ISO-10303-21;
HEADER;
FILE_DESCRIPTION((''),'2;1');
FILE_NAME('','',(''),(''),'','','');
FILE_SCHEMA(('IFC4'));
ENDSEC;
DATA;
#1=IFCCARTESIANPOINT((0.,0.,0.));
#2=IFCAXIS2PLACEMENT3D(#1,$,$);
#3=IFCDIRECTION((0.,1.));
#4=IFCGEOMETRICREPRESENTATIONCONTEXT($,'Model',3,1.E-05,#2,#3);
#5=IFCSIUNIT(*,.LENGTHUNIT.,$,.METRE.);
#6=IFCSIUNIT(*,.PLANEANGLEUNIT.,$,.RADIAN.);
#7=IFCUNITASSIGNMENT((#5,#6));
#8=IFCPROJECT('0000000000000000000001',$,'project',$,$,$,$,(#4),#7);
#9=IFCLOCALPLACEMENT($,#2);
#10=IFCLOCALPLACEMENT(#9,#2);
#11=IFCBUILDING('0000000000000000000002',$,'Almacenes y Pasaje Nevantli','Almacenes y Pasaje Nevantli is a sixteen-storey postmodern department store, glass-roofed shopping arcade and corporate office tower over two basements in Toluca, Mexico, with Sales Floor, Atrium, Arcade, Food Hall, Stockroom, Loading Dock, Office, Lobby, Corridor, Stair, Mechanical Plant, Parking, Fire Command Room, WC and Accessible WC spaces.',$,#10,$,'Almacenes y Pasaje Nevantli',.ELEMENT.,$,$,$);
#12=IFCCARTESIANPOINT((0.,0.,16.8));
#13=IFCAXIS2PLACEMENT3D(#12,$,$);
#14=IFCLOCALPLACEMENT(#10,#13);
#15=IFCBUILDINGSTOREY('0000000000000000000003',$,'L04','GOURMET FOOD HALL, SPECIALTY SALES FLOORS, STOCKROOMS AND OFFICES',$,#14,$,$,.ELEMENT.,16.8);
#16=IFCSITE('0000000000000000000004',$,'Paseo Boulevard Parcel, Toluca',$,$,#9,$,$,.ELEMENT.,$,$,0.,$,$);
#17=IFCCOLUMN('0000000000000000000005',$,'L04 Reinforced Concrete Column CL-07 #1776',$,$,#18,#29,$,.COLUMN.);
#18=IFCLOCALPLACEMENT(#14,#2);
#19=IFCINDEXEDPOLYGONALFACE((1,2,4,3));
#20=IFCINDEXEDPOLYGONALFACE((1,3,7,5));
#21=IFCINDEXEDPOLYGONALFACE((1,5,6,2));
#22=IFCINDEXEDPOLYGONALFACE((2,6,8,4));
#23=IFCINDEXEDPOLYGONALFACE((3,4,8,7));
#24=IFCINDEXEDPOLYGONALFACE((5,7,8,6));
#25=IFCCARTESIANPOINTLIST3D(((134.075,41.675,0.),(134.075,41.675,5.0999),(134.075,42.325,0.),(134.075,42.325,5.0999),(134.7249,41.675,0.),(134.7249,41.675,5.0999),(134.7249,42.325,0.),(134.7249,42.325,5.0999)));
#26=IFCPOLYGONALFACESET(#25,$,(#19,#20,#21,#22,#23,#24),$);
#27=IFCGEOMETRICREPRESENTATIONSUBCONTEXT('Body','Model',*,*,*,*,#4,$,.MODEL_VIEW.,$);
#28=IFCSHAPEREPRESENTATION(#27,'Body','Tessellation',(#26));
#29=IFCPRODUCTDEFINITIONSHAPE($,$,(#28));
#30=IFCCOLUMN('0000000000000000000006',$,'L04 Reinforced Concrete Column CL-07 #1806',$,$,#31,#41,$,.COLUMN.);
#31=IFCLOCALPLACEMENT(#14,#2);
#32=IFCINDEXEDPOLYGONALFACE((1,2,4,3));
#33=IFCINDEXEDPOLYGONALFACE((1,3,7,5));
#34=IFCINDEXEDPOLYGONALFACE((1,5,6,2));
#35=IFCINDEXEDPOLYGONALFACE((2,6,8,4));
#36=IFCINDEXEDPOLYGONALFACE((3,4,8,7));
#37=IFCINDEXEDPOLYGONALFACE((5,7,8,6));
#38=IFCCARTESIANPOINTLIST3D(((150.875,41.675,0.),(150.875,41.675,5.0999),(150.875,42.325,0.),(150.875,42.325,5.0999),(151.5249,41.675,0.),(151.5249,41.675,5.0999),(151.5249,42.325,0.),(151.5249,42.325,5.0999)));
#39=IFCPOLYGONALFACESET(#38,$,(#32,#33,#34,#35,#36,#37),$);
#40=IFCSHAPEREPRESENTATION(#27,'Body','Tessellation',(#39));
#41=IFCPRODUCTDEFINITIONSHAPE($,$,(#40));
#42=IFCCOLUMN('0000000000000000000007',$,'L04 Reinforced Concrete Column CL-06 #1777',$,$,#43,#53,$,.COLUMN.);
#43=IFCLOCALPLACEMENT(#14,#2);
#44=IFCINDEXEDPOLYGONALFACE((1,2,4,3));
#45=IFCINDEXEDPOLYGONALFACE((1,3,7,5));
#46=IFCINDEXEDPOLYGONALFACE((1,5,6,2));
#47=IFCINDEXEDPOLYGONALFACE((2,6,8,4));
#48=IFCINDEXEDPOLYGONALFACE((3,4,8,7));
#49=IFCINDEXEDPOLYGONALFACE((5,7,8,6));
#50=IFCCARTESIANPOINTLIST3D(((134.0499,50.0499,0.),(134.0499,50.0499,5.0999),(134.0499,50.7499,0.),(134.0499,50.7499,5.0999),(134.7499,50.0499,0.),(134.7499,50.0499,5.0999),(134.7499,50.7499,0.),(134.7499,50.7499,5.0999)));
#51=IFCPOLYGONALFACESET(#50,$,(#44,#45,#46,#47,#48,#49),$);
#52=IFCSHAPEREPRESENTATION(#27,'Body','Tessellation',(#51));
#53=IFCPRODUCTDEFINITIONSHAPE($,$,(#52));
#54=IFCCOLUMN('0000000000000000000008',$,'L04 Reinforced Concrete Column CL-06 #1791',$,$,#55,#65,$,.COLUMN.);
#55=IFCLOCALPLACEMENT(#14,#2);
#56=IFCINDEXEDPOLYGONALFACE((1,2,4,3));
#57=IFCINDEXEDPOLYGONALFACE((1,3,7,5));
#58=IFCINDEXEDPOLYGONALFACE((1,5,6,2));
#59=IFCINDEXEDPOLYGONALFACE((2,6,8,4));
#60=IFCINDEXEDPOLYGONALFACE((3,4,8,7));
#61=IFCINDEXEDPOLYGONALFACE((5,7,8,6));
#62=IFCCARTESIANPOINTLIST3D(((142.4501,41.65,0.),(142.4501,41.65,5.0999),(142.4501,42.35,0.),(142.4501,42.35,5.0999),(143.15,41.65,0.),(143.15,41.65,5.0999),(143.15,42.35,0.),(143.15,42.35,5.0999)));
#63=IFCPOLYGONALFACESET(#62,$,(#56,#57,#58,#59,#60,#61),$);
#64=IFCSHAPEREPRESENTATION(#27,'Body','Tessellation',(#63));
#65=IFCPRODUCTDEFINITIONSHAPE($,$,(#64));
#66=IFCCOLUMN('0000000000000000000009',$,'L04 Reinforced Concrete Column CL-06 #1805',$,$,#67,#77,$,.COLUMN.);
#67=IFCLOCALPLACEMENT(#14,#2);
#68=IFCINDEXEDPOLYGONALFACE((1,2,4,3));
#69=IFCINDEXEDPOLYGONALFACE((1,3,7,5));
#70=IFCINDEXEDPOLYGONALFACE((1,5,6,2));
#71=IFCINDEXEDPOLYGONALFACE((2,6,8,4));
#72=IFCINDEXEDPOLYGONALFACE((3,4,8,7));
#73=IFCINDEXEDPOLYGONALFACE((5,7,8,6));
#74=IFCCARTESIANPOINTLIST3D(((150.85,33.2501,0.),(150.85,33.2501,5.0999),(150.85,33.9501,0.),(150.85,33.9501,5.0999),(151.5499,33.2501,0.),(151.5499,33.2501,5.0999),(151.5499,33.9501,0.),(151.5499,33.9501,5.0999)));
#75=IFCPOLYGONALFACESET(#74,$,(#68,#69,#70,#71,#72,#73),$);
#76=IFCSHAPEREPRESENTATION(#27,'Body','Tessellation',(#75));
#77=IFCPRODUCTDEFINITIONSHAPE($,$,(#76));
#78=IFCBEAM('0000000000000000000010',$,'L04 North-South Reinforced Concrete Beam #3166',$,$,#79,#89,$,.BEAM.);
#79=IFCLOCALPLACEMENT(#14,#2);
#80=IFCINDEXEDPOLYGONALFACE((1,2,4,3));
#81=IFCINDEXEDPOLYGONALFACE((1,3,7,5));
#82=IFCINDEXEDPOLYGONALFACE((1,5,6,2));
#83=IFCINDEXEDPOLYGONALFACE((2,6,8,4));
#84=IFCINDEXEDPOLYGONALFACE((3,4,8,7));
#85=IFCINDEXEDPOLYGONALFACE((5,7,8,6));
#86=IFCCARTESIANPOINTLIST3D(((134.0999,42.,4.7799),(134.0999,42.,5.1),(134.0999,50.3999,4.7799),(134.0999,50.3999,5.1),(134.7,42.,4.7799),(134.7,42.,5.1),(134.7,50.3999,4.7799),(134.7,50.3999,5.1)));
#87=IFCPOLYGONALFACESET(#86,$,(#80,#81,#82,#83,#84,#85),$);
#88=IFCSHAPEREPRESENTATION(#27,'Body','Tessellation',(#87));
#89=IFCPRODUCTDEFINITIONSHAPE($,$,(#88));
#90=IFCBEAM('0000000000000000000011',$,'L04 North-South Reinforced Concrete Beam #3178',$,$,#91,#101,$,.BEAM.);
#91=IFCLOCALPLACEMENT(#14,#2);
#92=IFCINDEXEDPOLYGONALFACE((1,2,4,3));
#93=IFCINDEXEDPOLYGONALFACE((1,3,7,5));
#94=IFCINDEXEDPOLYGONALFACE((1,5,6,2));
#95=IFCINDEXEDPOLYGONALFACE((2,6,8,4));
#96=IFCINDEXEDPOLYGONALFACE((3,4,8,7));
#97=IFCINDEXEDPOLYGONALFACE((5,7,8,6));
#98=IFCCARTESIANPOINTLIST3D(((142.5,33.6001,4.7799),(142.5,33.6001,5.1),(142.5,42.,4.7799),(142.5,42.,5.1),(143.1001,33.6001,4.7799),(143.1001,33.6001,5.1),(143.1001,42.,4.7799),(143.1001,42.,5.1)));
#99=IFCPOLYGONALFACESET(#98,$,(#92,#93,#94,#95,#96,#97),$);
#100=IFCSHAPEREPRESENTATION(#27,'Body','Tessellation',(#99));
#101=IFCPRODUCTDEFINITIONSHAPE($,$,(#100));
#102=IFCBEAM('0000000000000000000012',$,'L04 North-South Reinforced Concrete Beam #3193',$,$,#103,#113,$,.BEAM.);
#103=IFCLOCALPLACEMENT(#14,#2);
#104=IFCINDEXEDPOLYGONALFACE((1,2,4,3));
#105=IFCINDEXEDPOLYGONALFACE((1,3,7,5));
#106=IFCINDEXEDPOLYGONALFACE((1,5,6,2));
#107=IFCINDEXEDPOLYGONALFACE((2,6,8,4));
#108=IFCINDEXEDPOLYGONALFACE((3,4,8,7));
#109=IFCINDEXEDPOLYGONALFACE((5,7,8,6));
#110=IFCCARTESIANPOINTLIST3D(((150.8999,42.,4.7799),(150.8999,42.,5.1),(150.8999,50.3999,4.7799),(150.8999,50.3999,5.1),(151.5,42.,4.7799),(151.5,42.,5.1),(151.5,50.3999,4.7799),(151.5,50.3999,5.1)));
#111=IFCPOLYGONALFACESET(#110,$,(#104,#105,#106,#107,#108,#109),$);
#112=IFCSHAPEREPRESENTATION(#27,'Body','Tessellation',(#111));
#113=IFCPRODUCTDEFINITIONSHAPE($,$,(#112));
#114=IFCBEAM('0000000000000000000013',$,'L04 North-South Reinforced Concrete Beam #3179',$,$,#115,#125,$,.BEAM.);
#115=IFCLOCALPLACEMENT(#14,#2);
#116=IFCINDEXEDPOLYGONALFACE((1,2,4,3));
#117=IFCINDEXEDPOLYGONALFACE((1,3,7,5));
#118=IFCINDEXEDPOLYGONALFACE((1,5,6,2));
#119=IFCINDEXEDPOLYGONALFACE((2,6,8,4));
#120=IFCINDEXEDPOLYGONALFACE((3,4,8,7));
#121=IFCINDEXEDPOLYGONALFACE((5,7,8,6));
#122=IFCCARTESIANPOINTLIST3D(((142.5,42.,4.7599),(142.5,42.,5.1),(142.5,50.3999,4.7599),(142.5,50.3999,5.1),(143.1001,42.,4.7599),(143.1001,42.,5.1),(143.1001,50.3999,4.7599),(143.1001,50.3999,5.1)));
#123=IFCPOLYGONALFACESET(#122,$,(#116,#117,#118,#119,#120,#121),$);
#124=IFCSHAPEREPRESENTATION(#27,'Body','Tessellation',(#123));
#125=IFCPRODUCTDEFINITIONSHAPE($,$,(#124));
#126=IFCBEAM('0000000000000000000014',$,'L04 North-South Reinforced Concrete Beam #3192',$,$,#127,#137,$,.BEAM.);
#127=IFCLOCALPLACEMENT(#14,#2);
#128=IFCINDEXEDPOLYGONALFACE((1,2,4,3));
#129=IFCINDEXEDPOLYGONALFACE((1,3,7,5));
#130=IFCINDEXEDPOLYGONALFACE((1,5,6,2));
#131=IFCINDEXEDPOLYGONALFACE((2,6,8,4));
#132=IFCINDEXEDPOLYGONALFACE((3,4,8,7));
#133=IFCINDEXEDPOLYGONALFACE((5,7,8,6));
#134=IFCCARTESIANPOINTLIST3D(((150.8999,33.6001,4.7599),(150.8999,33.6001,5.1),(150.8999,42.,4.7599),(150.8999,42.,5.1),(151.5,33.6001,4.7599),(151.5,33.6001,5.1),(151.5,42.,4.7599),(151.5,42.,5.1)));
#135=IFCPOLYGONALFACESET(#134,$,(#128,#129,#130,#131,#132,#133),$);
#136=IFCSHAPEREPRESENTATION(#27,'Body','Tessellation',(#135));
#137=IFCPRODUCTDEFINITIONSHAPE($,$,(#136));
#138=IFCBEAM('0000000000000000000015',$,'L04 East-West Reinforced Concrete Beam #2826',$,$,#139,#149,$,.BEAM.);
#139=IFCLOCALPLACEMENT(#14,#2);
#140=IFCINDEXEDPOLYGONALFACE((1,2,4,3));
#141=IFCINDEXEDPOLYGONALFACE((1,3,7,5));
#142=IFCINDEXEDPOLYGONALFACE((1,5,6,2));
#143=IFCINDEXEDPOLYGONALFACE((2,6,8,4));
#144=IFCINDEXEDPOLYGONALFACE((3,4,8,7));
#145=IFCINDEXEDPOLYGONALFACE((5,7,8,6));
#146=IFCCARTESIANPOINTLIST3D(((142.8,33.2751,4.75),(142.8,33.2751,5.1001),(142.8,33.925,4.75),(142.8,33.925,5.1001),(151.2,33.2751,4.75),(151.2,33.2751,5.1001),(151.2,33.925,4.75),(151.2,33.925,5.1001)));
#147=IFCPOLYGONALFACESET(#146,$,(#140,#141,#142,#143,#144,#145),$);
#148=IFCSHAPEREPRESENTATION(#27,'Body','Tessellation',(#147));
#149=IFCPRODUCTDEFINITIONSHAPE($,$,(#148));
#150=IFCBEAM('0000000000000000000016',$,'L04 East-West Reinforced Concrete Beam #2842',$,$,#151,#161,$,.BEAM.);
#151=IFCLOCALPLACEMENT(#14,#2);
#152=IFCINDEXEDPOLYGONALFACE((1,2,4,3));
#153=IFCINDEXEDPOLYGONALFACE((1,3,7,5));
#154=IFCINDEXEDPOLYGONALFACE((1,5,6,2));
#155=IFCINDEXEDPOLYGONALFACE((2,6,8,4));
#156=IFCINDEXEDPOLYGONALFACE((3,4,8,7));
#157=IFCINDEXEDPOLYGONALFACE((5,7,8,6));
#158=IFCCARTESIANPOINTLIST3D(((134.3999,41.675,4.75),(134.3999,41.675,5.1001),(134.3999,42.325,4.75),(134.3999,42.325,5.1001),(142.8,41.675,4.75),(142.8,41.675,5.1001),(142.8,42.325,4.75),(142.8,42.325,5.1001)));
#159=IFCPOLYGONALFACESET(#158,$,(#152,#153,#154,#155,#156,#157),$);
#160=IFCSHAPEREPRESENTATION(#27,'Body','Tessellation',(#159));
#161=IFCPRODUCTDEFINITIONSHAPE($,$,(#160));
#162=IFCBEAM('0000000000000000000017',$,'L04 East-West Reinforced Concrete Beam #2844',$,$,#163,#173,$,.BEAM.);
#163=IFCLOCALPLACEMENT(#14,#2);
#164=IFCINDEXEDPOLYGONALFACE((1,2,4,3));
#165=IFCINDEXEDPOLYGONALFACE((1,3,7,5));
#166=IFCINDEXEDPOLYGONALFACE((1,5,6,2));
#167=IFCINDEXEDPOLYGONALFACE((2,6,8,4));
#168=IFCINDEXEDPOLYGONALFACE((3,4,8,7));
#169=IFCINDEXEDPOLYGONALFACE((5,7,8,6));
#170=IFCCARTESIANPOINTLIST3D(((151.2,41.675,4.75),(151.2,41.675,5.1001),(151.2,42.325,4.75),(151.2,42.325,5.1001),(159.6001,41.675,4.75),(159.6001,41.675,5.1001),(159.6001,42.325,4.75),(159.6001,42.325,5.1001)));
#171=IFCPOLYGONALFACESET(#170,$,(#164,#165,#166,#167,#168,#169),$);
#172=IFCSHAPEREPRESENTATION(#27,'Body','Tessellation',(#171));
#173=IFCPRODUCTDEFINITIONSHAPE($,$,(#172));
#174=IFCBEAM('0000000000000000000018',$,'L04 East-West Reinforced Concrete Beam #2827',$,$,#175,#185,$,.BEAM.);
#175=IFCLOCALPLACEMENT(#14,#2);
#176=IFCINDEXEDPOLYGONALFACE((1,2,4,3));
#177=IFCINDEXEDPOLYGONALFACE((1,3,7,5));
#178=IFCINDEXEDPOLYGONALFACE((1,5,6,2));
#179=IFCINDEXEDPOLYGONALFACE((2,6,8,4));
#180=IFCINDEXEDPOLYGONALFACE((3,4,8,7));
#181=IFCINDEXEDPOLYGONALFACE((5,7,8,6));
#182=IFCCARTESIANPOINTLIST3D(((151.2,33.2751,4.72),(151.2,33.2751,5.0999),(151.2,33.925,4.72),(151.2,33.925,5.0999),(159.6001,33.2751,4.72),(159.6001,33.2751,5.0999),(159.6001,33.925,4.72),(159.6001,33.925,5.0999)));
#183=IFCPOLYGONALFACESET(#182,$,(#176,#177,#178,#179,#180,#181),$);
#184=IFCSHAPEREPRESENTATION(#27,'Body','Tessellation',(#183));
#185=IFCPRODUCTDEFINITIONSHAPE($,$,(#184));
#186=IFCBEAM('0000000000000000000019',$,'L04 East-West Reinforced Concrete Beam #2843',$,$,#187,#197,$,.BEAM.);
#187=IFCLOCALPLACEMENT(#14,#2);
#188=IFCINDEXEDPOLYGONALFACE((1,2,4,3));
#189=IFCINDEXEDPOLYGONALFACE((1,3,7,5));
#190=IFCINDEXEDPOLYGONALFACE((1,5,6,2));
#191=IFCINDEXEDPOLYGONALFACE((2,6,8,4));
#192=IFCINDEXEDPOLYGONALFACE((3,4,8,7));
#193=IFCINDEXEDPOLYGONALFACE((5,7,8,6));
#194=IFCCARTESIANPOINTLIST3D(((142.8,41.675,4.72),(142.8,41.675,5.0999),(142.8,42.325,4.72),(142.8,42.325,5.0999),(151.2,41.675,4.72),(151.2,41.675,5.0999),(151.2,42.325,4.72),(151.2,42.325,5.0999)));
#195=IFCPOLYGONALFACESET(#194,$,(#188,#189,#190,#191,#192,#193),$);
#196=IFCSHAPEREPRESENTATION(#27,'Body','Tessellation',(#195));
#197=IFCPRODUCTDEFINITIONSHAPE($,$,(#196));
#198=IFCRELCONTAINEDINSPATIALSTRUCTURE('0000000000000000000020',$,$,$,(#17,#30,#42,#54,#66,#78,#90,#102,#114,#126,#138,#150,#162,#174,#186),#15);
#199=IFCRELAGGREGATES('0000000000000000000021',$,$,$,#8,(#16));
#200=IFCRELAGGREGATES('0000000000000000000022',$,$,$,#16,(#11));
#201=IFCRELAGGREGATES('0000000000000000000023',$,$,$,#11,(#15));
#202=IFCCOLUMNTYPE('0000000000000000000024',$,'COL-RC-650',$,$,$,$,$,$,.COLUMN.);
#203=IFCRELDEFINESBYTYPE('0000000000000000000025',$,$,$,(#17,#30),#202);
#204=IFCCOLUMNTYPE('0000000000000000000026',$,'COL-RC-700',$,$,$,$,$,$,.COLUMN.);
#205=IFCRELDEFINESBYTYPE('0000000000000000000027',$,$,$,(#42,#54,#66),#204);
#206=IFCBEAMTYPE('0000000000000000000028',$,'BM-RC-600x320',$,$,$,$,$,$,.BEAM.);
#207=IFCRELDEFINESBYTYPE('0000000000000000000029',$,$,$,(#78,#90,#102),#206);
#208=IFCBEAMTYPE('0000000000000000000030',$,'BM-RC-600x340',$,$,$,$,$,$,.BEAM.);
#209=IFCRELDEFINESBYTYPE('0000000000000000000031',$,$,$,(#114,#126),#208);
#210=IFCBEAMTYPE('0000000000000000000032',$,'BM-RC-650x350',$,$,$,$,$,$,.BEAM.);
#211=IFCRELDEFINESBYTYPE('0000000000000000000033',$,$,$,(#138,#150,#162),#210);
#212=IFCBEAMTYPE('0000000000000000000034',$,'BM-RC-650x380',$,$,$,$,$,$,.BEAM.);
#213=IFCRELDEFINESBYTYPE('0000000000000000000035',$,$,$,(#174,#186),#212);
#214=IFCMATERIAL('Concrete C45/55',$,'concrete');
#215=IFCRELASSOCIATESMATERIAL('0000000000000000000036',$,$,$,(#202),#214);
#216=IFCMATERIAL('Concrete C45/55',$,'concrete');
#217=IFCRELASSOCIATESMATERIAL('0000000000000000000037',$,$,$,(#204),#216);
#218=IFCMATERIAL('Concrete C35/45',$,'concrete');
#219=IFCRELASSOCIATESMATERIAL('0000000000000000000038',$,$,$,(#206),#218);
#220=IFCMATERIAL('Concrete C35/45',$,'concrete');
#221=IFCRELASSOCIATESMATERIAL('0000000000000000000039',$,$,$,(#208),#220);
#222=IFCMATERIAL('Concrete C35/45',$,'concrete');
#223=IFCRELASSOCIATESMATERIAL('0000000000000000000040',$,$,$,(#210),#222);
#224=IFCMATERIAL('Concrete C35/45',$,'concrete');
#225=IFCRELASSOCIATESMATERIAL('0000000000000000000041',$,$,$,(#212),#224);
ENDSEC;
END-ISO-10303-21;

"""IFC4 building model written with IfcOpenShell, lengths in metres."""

from ifc_helpers import new_model, si_unit, direction, frame, origin, origin_2d, place, context, subcontext, project, spatial, rectangle, extrude, material, material_profile, profile_set, type_object, element, save


model = new_model("IFC4")

# Units and contexts
model_context = context("Model", 3, precision=1e-05, world=origin(), true_north=direction((0.0, 1.0)))
body_context = subcontext(model_context, "Body", "Model", "MODEL_VIEW")
ifc_project = project(units=[si_unit("LENGTHUNIT", "METRE"), si_unit("PLANEANGLEUNIT", "RADIAN")], contexts=[model_context])

# Site, building, storey
site_placement = place(None, origin())
site = spatial("IfcSite", under=ifc_project, at=site_placement, Name="Paseo Boulevard Parcel, Toluca", CompositionType="ELEMENT", RefElevation=0.0)
building_placement = place(site_placement, origin())
building = spatial("IfcBuilding", under=site, at=building_placement, Name="Almacenes y Pasaje Nevantli", Description="Almacenes y Pasaje Nevantli is a sixteen-storey postmodern department store, glass-roofed shopping arcade and corporate office tower over two basements in Toluca, Mexico, with Sales Floor, Atrium, Arcade, Food Hall, Stockroom, Loading Dock, Office, Lobby, Corridor, Stair, Mechanical Plant, Parking, Fire Command Room, WC and Accessible WC spaces.", LongName="Almacenes y Pasaje Nevantli", CompositionType="ELEMENT")
storey_placement = place(building_placement, frame((0.0, 0.0, 16.8)))
storey = spatial("IfcBuildingStorey", under=building, at=storey_placement, Name="L04", Description="GOURMET FOOD HALL, SPECIALTY SALES FLOORS, STOCKROOMS AND OFFICES", CompositionType="ELEMENT", Elevation=16.8)

# Columns
ifc_material_1 = material(Name="Concrete C45/55", Category="concrete")
ifc_material_profile_1 = material_profile(ifc_material_1, rectangle(XDim=0.6499, YDim=0.6499, at=origin_2d()), Name="RC-COL-650x650")
ifc_profile_set_1 = profile_set([ifc_material_profile_1], Name="Concrete C45/55")
column_type_1 = type_object("IfcColumnType", Name="COL-RC-650", PredefinedType="COLUMN", material=ifc_profile_set_1)
for number, where, z_axis, x_axis, name in (
    (1, (134.3999, 42.0, 0.0), (0.0, 0.0, 1.0), (1.0, 0.0, 0.0), "L04 Reinforced Concrete Column CL-07 #1776"),
    (2, (151.2, 42.0, 0.0), (0.0, 0.0, 1.0), (1.0, 0.0, 0.0), "L04 Reinforced Concrete Column CL-07 #1806"),
):
    element("IfcColumn", number, at=place(storey_placement, frame(where, z_axis=z_axis, x_axis=x_axis)), inside=storey, type_object=column_type_1, Name=name, PredefinedType="COLUMN", context=body_context, shape_type="SweptSolid", body=[
        extrude(rectangle(XDim=0.6499, YDim=0.6499, at=origin_2d()), origin(), (0.0, 0.0, 1.0), 5.0999),
    ])
ifc_material_2 = material(Name="Concrete C45/55", Category="concrete")
ifc_material_profile_2 = material_profile(ifc_material_2, rectangle(XDim=0.7, YDim=0.7, at=origin_2d()), Name="RC-COL-700x700")
ifc_profile_set_2 = profile_set([ifc_material_profile_2], Name="Concrete C45/55")
column_type_2 = type_object("IfcColumnType", Name="COL-RC-700", PredefinedType="COLUMN", material=ifc_profile_set_2)
for number, where, z_axis, x_axis, name in (
    (3, (134.3999, 50.3999, 0.0), (0.0, 0.0, 1.0), (1.0, 0.0, 0.0), "L04 Reinforced Concrete Column CL-06 #1777"),
    (4, (142.8, 42.0, 0.0), (0.0, 0.0, 1.0), (1.0, 0.0, 0.0), "L04 Reinforced Concrete Column CL-06 #1791"),
    (5, (151.2, 33.6001, 0.0), (0.0, 0.0, 1.0), (1.0, 0.0, 0.0), "L04 Reinforced Concrete Column CL-06 #1805"),
):
    element("IfcColumn", number, at=place(storey_placement, frame(where, z_axis=z_axis, x_axis=x_axis)), inside=storey, type_object=column_type_2, Name=name, PredefinedType="COLUMN", context=body_context, shape_type="SweptSolid", body=[
        extrude(rectangle(XDim=0.7, YDim=0.7, at=origin_2d()), origin(), (0.0, 0.0, 1.0), 5.0999),
    ])

# Beams
ifc_material_3 = material(Name="Concrete C35/45", Category="concrete")
ifc_material_profile_3 = material_profile(ifc_material_3, rectangle(XDim=0.6001, YDim=0.3201, at=origin_2d()), Name="RC-BM-600x320")
ifc_profile_set_3 = profile_set([ifc_material_profile_3], Name="Concrete C35/45")
beam_type_1 = type_object("IfcBeamType", Name="BM-RC-600x320", PredefinedType="BEAM", material=ifc_profile_set_3)
for number, where, z_axis, x_axis, name in (
    (6, (134.3999, 42.0, 4.9399), (0.0, 1.0, 0.0), (-1.0, 0.0, 0.0), "L04 North-South Reinforced Concrete Beam #3166"),
    (7, (142.8, 33.6001, 4.9399), (0.0, 1.0, 0.0), (-1.0, 0.0, 0.0), "L04 North-South Reinforced Concrete Beam #3178"),
    (8, (151.2, 42.0, 4.9399), (0.0, 1.0, 0.0), (-1.0, 0.0, 0.0), "L04 North-South Reinforced Concrete Beam #3193"),
):
    element("IfcBeam", number, at=place(storey_placement, frame(where, z_axis=z_axis, x_axis=x_axis)), inside=storey, type_object=beam_type_1, Name=name, PredefinedType="BEAM", context=body_context, shape_type="SweptSolid", body=[
        extrude(rectangle(XDim=0.6001, YDim=0.3201, at=origin_2d()), origin(), (0.0, 0.0, 1.0), 8.3999),
    ])
ifc_material_4 = material(Name="Concrete C35/45", Category="concrete")
ifc_material_profile_4 = material_profile(ifc_material_4, rectangle(XDim=0.6001, YDim=0.3401, at=origin_2d()), Name="RC-BM-600x340")
ifc_profile_set_4 = profile_set([ifc_material_profile_4], Name="Concrete C35/45")
beam_type_2 = type_object("IfcBeamType", Name="BM-RC-600x340", PredefinedType="BEAM", material=ifc_profile_set_4)
for number, where, z_axis, x_axis, name in (
    (9, (142.8, 42.0, 4.9299), (0.0, 1.0, 0.0), (-1.0, 0.0, 0.0), "L04 North-South Reinforced Concrete Beam #3179"),
    (10, (151.2, 33.6001, 4.9299), (0.0, 1.0, 0.0), (-1.0, 0.0, 0.0), "L04 North-South Reinforced Concrete Beam #3192"),
):
    element("IfcBeam", number, at=place(storey_placement, frame(where, z_axis=z_axis, x_axis=x_axis)), inside=storey, type_object=beam_type_2, Name=name, PredefinedType="BEAM", context=body_context, shape_type="SweptSolid", body=[
        extrude(rectangle(XDim=0.6001, YDim=0.3401, at=origin_2d()), origin(), (0.0, 0.0, 1.0), 8.3999),
    ])
ifc_material_5 = material(Name="Concrete C35/45", Category="concrete")
ifc_material_profile_5 = material_profile(ifc_material_5, rectangle(XDim=0.6499, YDim=0.3501, at=origin_2d()), Name="RC-BM-650x350")
ifc_profile_set_5 = profile_set([ifc_material_profile_5], Name="Concrete C35/45")
beam_type_3 = type_object("IfcBeamType", Name="BM-RC-650x350", PredefinedType="BEAM", material=ifc_profile_set_5)
beam_1_placement = place(storey_placement, frame((142.8, 33.6001, 4.925), z_axis=(1.0, 0.0, 0.0), x_axis=(0.0, 1.0, 0.0)))
element("IfcBeam", 11, at=beam_1_placement, inside=storey, type_object=beam_type_3, Name="L04 East-West Reinforced Concrete Beam #2826", PredefinedType="BEAM", context=body_context, shape_type="SweptSolid", body=[
    extrude(rectangle(XDim=0.6499, YDim=0.3501, at=origin_2d()), origin(), (0.0, 0.0, 1.0), 8.3999),
])
for number, where, z_axis, x_axis, name in (
    (12, (134.3999, 42.0, 4.925), (1.0, 0.0, 0.0), (0.0, 1.0, 0.0), "L04 East-West Reinforced Concrete Beam #2842"),
    (13, (151.2, 42.0, 4.925), (1.0, 0.0, 0.0), (0.0, 1.0, 0.0), "L04 East-West Reinforced Concrete Beam #2844"),
):
    element("IfcBeam", number, at=place(storey_placement, frame(where, z_axis=z_axis, x_axis=x_axis)), inside=storey, type_object=beam_type_3, Name=name, PredefinedType="BEAM", context=body_context, shape_type="SweptSolid", body=[
        extrude(rectangle(XDim=0.6499, YDim=0.3501, at=origin_2d()), origin(), (0.0, 0.0, 1.0), 8.4001),
    ])
ifc_material_6 = material(Name="Concrete C35/45", Category="concrete")
ifc_material_profile_6 = material_profile(ifc_material_6, rectangle(XDim=0.6499, YDim=0.3799, at=origin_2d()), Name="RC-BM-650x380")
ifc_profile_set_6 = profile_set([ifc_material_profile_6], Name="Concrete C35/45")
beam_type_4 = type_object("IfcBeamType", Name="BM-RC-650x380", PredefinedType="BEAM", material=ifc_profile_set_6)
beam_2_placement = place(storey_placement, frame((151.2, 33.6001, 4.9099), z_axis=(1.0, 0.0, 0.0), x_axis=(0.0, 1.0, 0.0)))
element("IfcBeam", 14, at=beam_2_placement, inside=storey, type_object=beam_type_4, Name="L04 East-West Reinforced Concrete Beam #2827", PredefinedType="BEAM", context=body_context, shape_type="SweptSolid", body=[
    extrude(rectangle(XDim=0.6499, YDim=0.3799, at=origin_2d()), origin(), (0.0, 0.0, 1.0), 8.4001),
])
beam_3_placement = place(storey_placement, frame((142.8, 42.0, 4.9099), z_axis=(1.0, 0.0, 0.0), x_axis=(0.0, 1.0, 0.0)))
element("IfcBeam", 15, at=beam_3_placement, inside=storey, type_object=beam_type_4, Name="L04 East-West Reinforced Concrete Beam #2843", PredefinedType="BEAM", context=body_context, shape_type="SweptSolid", body=[
    extrude(rectangle(XDim=0.6499, YDim=0.3799, at=origin_2d()), origin(), (0.0, 0.0, 1.0), 8.3999),
])

save(model, "model.ifc")
